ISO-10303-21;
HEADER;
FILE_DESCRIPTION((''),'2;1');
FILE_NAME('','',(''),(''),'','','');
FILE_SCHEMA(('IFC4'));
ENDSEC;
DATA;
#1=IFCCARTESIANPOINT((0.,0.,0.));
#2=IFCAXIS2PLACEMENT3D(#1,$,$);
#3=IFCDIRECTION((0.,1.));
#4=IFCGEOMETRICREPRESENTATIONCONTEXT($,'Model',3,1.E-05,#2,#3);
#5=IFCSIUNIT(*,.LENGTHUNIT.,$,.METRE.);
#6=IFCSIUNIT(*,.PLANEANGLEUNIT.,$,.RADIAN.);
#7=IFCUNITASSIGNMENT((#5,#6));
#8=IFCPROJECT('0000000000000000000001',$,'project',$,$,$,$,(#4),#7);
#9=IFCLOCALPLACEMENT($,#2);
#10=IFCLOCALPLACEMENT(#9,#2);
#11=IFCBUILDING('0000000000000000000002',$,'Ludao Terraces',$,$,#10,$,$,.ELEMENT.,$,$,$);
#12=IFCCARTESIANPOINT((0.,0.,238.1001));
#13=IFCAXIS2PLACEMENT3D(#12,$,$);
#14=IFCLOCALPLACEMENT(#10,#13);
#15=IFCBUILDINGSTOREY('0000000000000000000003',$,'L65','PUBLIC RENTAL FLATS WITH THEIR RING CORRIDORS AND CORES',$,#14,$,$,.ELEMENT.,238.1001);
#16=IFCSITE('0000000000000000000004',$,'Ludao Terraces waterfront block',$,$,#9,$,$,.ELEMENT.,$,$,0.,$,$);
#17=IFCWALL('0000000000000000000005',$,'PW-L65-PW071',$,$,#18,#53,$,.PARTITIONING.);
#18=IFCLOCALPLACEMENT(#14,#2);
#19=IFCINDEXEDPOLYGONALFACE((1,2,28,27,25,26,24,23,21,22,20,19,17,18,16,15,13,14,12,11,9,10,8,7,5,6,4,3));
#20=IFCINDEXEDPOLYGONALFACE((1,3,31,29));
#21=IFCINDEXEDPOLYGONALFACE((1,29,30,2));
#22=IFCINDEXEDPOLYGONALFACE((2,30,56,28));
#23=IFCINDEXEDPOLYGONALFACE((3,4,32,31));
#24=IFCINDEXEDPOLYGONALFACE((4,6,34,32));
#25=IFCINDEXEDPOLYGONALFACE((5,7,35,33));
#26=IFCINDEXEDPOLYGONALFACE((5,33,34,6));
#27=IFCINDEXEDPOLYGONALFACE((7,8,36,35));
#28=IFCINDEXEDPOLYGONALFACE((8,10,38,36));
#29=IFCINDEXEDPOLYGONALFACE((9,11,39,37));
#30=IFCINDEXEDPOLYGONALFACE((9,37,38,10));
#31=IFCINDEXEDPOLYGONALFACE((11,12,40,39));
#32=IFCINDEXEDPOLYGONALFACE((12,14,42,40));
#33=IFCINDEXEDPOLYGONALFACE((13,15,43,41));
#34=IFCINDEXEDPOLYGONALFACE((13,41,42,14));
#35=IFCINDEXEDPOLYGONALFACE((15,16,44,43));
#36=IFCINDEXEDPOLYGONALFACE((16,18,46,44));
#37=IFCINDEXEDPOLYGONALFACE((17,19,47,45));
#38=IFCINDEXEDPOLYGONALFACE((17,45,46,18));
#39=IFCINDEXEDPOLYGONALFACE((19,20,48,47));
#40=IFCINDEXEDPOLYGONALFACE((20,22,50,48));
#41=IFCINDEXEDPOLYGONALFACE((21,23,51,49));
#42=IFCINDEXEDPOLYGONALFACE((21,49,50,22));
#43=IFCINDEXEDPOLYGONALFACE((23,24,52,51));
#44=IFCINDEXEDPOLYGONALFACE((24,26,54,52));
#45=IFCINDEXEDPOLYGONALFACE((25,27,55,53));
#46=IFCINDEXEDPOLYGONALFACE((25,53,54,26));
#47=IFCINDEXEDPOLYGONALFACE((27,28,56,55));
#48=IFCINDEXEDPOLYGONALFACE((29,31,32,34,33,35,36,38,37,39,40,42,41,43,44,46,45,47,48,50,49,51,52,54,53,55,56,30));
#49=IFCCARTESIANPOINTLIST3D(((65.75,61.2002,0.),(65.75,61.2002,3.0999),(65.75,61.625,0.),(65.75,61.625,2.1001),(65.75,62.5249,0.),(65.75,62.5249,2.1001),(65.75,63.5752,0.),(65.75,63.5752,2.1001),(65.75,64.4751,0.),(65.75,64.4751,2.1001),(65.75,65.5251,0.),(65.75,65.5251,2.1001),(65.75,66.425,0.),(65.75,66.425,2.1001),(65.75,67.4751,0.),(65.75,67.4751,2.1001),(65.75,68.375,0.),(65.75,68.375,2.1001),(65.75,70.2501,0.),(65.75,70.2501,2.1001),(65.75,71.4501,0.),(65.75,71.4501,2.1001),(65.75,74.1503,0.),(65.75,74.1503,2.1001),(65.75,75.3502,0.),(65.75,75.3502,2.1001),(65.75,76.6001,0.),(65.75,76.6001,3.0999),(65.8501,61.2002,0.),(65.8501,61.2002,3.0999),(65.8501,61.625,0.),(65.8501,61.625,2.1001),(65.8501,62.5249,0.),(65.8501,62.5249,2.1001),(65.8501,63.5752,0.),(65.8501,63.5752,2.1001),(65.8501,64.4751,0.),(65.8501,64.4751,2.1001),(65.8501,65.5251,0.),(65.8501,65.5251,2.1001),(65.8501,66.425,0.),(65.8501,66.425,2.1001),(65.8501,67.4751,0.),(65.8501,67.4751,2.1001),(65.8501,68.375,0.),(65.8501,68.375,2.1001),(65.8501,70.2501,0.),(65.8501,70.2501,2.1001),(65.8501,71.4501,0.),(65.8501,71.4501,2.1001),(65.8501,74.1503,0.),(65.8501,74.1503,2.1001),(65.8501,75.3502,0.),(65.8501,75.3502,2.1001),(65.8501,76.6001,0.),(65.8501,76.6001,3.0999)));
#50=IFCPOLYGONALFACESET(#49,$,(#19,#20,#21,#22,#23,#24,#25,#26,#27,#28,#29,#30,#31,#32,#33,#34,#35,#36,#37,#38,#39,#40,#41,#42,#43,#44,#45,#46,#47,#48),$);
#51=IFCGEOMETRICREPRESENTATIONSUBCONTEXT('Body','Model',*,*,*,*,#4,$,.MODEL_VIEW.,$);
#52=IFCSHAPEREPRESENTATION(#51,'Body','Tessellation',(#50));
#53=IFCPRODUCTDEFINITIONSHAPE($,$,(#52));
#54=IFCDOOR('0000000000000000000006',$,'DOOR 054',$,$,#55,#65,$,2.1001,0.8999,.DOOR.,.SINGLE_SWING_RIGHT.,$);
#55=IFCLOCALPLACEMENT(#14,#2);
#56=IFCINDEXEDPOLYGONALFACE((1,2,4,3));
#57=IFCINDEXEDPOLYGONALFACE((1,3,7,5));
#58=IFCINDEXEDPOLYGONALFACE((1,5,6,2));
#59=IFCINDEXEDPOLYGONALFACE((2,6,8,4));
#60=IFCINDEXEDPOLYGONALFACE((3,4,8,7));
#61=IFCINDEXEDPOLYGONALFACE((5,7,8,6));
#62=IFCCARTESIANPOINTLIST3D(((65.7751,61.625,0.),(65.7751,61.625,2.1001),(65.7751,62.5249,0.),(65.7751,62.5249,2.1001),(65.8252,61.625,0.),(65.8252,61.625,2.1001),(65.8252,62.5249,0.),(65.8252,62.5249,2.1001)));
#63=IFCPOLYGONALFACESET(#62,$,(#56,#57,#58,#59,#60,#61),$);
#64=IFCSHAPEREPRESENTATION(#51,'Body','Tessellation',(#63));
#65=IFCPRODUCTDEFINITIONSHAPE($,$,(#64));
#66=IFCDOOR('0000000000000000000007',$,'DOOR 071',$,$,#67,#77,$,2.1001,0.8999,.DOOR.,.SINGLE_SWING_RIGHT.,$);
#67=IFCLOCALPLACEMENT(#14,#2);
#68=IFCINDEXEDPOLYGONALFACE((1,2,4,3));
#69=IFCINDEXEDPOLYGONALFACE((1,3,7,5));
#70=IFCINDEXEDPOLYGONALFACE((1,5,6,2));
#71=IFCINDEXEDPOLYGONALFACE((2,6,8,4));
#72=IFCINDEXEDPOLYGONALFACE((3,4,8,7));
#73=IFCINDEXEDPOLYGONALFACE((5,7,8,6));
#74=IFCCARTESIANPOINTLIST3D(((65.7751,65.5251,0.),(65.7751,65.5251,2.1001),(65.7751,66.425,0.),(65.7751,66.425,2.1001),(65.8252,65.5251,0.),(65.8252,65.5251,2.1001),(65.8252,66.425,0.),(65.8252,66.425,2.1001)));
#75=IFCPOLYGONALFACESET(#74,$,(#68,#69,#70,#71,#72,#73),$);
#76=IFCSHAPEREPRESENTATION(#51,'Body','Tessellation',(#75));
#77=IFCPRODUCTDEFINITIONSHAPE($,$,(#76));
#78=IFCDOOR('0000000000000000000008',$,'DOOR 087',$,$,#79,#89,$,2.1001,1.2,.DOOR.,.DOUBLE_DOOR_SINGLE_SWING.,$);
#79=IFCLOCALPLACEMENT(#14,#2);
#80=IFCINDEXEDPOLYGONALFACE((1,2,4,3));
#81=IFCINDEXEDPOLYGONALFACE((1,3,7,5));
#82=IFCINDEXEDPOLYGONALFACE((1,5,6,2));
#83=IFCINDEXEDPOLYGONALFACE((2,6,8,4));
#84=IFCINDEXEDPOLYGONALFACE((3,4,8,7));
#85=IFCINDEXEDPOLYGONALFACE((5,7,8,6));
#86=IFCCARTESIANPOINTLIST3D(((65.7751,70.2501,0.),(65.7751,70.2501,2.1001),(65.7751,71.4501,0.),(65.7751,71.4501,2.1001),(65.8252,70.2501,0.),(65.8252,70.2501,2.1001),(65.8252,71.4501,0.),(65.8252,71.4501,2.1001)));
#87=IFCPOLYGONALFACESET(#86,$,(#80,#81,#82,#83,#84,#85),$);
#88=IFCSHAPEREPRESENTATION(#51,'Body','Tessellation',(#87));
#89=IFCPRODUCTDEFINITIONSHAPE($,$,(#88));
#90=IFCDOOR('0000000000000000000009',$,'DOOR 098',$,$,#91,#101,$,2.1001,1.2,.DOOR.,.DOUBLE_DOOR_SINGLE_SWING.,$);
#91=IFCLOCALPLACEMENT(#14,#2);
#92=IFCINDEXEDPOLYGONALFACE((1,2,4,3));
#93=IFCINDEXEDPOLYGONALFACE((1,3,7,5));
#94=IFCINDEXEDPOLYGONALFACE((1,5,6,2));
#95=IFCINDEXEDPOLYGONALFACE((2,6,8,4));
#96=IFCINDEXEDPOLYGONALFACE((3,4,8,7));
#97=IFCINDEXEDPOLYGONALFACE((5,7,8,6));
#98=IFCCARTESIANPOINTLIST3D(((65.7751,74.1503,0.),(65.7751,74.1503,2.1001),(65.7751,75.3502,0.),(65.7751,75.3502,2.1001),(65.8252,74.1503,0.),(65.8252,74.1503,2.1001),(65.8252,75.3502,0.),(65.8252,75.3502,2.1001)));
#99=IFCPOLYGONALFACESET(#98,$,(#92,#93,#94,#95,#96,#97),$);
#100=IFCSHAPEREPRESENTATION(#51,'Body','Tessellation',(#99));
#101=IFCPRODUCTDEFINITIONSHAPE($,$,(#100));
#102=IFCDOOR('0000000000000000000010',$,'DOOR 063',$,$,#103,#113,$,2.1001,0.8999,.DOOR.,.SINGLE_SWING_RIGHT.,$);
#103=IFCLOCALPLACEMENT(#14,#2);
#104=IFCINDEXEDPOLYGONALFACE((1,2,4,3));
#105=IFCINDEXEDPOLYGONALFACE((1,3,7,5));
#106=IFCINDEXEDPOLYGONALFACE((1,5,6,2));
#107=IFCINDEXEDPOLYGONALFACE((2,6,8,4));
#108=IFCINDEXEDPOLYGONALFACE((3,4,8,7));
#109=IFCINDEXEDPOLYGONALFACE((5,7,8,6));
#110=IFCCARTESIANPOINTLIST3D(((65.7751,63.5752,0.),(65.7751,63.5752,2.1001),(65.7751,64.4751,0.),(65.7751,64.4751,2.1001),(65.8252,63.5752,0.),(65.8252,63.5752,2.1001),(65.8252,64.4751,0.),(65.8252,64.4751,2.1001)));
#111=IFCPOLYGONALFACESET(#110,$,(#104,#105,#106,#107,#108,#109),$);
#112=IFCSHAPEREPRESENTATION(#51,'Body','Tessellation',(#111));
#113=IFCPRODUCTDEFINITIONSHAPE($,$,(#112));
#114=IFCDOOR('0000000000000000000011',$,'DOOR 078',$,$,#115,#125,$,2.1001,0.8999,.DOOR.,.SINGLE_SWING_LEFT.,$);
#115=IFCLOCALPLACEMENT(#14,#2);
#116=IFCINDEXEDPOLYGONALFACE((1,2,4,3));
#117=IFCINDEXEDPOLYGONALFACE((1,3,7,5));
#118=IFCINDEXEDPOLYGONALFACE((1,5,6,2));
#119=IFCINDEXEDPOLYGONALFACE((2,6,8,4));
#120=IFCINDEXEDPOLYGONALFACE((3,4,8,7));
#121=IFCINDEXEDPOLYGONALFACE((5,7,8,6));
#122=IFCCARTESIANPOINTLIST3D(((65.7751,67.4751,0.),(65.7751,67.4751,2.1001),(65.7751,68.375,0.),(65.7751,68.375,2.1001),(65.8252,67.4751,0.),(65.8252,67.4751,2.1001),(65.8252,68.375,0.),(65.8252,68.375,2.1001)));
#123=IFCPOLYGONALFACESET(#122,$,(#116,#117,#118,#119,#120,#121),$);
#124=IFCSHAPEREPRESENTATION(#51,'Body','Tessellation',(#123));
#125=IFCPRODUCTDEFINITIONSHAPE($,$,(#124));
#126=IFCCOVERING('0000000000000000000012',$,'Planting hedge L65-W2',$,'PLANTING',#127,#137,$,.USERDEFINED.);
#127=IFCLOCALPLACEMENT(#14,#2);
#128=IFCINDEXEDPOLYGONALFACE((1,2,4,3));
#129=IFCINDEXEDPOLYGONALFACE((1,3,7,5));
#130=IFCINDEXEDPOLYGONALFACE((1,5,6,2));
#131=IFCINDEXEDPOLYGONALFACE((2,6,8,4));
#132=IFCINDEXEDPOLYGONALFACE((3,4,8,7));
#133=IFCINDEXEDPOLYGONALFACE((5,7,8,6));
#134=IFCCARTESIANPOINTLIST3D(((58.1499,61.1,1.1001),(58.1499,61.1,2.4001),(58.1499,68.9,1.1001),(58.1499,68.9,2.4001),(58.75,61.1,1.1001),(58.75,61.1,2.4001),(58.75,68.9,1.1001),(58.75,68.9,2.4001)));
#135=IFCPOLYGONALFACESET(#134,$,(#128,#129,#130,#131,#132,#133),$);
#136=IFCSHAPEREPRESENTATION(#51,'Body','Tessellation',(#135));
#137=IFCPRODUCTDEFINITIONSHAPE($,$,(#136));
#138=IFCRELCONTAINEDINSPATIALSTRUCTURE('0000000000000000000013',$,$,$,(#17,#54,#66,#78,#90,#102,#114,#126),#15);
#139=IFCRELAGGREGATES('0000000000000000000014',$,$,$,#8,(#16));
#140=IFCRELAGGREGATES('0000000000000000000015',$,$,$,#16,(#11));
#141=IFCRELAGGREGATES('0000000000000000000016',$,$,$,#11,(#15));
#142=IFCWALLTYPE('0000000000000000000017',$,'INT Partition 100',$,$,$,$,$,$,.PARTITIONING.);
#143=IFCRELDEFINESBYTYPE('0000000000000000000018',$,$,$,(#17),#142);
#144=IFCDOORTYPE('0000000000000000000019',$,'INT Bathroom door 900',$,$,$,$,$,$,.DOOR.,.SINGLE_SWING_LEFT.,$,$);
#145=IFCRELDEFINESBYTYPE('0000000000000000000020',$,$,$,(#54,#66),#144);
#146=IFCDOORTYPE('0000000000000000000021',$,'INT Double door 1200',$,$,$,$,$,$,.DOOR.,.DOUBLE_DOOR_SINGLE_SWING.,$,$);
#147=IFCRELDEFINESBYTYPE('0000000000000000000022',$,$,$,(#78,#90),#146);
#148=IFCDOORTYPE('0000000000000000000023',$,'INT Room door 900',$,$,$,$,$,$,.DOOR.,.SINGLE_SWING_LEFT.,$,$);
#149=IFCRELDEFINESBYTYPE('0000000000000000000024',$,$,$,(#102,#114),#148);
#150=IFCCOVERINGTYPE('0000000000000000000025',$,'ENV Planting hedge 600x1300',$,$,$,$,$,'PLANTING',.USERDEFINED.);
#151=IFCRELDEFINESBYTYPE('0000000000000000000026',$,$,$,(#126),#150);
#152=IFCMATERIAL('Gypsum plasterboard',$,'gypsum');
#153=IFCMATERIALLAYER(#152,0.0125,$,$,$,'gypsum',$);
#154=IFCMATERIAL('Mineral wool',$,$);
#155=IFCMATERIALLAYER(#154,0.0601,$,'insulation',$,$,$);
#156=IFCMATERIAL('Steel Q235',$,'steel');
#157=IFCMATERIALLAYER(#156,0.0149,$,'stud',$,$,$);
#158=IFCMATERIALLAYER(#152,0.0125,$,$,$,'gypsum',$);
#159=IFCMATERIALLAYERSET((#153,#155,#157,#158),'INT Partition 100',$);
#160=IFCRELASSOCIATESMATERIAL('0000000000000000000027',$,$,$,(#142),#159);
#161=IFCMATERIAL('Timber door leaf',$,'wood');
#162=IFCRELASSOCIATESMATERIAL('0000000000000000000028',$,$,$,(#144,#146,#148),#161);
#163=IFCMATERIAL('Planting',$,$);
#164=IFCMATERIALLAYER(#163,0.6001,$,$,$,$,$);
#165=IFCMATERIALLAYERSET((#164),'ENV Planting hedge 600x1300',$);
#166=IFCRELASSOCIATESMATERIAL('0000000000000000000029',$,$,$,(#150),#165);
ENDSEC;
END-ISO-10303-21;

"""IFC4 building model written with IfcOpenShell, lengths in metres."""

from ifc_helpers import new_model, si_unit, direction, frame, frame_2d, origin, origin_2d, place, context, subcontext, project, spatial, rectangle, extrude, material, layer, layer_set, type_object, element, fill, save


model = new_model("IFC4")

# Units and contexts
model_context = context("Model", 3, precision=1e-05, world=origin(), true_north=direction((0.0, 1.0)))
body_context = subcontext(model_context, "Body", "Model", "MODEL_VIEW")
ifc_project = project(units=[si_unit("LENGTHUNIT", "METRE"), si_unit("PLANEANGLEUNIT", "RADIAN")], contexts=[model_context])

# Site, building, storey
site_placement = place(None, origin())
site = spatial("IfcSite", under=ifc_project, at=site_placement, Name="Ludao Terraces waterfront block", CompositionType="ELEMENT", RefElevation=0.0)
building_placement = place(site_placement, origin())
building = spatial("IfcBuilding", under=site, at=building_placement, Name="Ludao Terraces", CompositionType="ELEMENT")
storey_placement = place(building_placement, frame((0.0, 0.0, 238.1001)))
storey = spatial("IfcBuildingStorey", under=building, at=storey_placement, Name="L65", Description="PUBLIC RENTAL FLATS WITH THEIR RING CORRIDORS AND CORES", CompositionType="ELEMENT", Elevation=238.1001)

# Shared definitions
ifc_material_1 = material(Name="Mineral wool")

# Shared definitions
ifc_material_2 = material(Name="Gypsum plasterboard", Category="gypsum")
ifc_layer_1 = layer(ifc_material_2, 0.0125, Category="gypsum")
ifc_layer_2 = layer(ifc_material_1, 0.0601, Name="insulation")
ifc_material_3 = material(Name="Steel Q235", Category="steel")
ifc_layer_3 = layer(ifc_material_3, 0.0149, Name="stud")
ifc_layer_4 = layer(ifc_material_2, 0.0125, Category="gypsum")
ifc_layer_set_1 = layer_set([ifc_layer_1, ifc_layer_2, ifc_layer_3, ifc_layer_4], Name="INT Partition 100")
wall_type_1 = type_object("IfcWallType", Name="INT Partition 100", PredefinedType="PARTITIONING", material=ifc_layer_set_1)

# Wall, openings, doors
wall_1_placement = place(storey_placement, frame((65.8, 61.2002, 0.0), z_axis=(0.0, 0.0, 1.0), x_axis=(0.0, 1.0, 0.0)))
wall_1 = element("IfcWall", 1, at=wall_1_placement, inside=storey, type_object=wall_type_1, Name="PW-L65-PW071", PredefinedType="PARTITIONING", context=body_context, shape_type="SweptSolid", body=[
    extrude(rectangle(XDim=15.3999, YDim=0.1001, at=frame_2d((7.7, 0.0))), origin(), (0.0, 0.0, 1.0), 3.0999),
])
opening_1_placement = place(wall_1_placement, frame((0.4248, 0.0, 0.0)))
opening_1 = element("IfcOpeningElement", 2, at=opening_1_placement, cuts=wall_1, PredefinedType="OPENING", context=body_context, shape_type="SweptSolid", body=[
    extrude(rectangle(XDim=0.8999, YDim=2.1001, at=frame_2d((0.45, 1.05))), frame((0.0, 0.0601, 0.0), z_axis=(0.0, -1.0, 0.0), x_axis=(1.0, 0.0, 0.0)), (0.0, 0.0, 1.0), 0.1201),
])
opening_2_placement = place(wall_1_placement, frame((2.375, 0.0, 0.0)))
opening_2 = element("IfcOpeningElement", 3, at=opening_2_placement, cuts=wall_1, PredefinedType="OPENING", context=body_context, shape_type="SweptSolid", body=[
    extrude(rectangle(XDim=0.8999, YDim=2.1001, at=frame_2d((0.45, 1.05))), frame((0.0, 0.0601, 0.0), z_axis=(0.0, -1.0, 0.0), x_axis=(1.0, 0.0, 0.0)), (0.0, 0.0, 1.0), 0.1201),
])
opening_3_placement = place(wall_1_placement, frame((4.325, 0.0, 0.0)))
opening_3 = element("IfcOpeningElement", 4, at=opening_3_placement, cuts=wall_1, PredefinedType="OPENING", context=body_context, shape_type="SweptSolid", body=[
    extrude(rectangle(XDim=0.8999, YDim=2.1001, at=frame_2d((0.45, 1.05))), frame((0.0, 0.0601, 0.0), z_axis=(0.0, -1.0, 0.0), x_axis=(1.0, 0.0, 0.0)), (0.0, 0.0, 1.0), 0.1201),
])
opening_4_placement = place(wall_1_placement, frame((6.2749, 0.0, 0.0)))
opening_4 = element("IfcOpeningElement", 5, at=opening_4_placement, cuts=wall_1, PredefinedType="OPENING", context=body_context, shape_type="SweptSolid", body=[
    extrude(rectangle(XDim=0.8999, YDim=2.1001, at=frame_2d((0.45, 1.05))), frame((0.0, 0.0601, 0.0), z_axis=(0.0, -1.0, 0.0), x_axis=(1.0, 0.0, 0.0)), (0.0, 0.0, 1.0), 0.1201),
])
opening_5_placement = place(wall_1_placement, frame((9.0498, 0.0, 0.0)))
opening_5 = element("IfcOpeningElement", 6, at=opening_5_placement, cuts=wall_1, PredefinedType="OPENING", context=body_context, shape_type="SweptSolid", body=[
    extrude(rectangle(XDim=1.2, YDim=2.1001, at=frame_2d((0.6001, 1.05))), frame((0.0, 0.0601, 0.0), z_axis=(0.0, -1.0, 0.0), x_axis=(1.0, 0.0, 0.0)), (0.0, 0.0, 1.0), 0.1201),
])
opening_6_placement = place(wall_1_placement, frame((12.95, 0.0, 0.0)))
opening_6 = element("IfcOpeningElement", 7, at=opening_6_placement, cuts=wall_1, PredefinedType="OPENING", context=body_context, shape_type="SweptSolid", body=[
    extrude(rectangle(XDim=1.2, YDim=2.1001, at=frame_2d((0.6001, 1.05))), frame((0.0, 0.0601, 0.0), z_axis=(0.0, -1.0, 0.0), x_axis=(1.0, 0.0, 0.0)), (0.0, 0.0, 1.0), 0.1201),
])
ifc_material_4 = material(Name="Timber door leaf", Category="wood")
door_type_1 = type_object("IfcDoorType", Name="INT Bathroom door 900", OperationType="SINGLE_SWING_LEFT", PredefinedType="DOOR", material=ifc_material_4)
door_1_placement = place(opening_1_placement, origin())
door_1 = element("IfcDoor", 8, at=door_1_placement, inside=storey, type_object=door_type_1, Name="DOOR 054", OperationType="SINGLE_SWING_RIGHT", OverallHeight=2.1001, OverallWidth=0.8999, PredefinedType="DOOR", context=body_context, shape_type="SweptSolid", body=[
    extrude(rectangle(XDim=0.8999, YDim=2.1001, at=frame_2d((0.45, 1.05))), frame((0.0, 0.0249, 0.0), z_axis=(0.0, -1.0, 0.0), x_axis=(1.0, 0.0, 0.0)), (0.0, 0.0, 1.0), 0.05),
])
fill(opening_1, door_1)
door_2_placement = place(opening_3_placement, origin())
door_2 = element("IfcDoor", 9, at=door_2_placement, inside=storey, type_object=door_type_1, Name="DOOR 071", OperationType="SINGLE_SWING_RIGHT", OverallHeight=2.1001, OverallWidth=0.8999, PredefinedType="DOOR", context=body_context, shape_type="SweptSolid", body=[
    extrude(rectangle(XDim=0.8999, YDim=2.1001, at=frame_2d((0.45, 1.05))), frame((0.0, 0.0249, 0.0), z_axis=(0.0, -1.0, 0.0), x_axis=(1.0, 0.0, 0.0)), (0.0, 0.0, 1.0), 0.05),
])
fill(opening_3, door_2)
door_type_2 = type_object("IfcDoorType", Name="INT Double door 1200", OperationType="DOUBLE_DOOR_SINGLE_SWING", PredefinedType="DOOR", material=ifc_material_4)
door_3_placement = place(opening_5_placement, origin())
door_3 = element("IfcDoor", 10, at=door_3_placement, inside=storey, type_object=door_type_2, Name="DOOR 087", OperationType="DOUBLE_DOOR_SINGLE_SWING", OverallHeight=2.1001, OverallWidth=1.2, PredefinedType="DOOR", context=body_context, shape_type="SweptSolid", body=[
    extrude(rectangle(XDim=1.2, YDim=2.1001, at=frame_2d((0.6001, 1.05))), frame((0.0, 0.0249, 0.0), z_axis=(0.0, -1.0, 0.0), x_axis=(1.0, 0.0, 0.0)), (0.0, 0.0, 1.0), 0.05),
])
fill(opening_5, door_3)
door_4_placement = place(opening_6_placement, origin())
door_4 = element("IfcDoor", 11, at=door_4_placement, inside=storey, type_object=door_type_2, Name="DOOR 098", OperationType="DOUBLE_DOOR_SINGLE_SWING", OverallHeight=2.1001, OverallWidth=1.2, PredefinedType="DOOR", context=body_context, shape_type="SweptSolid", body=[
    extrude(rectangle(XDim=1.2, YDim=2.1001, at=frame_2d((0.6001, 1.05))), frame((0.0, 0.0249, 0.0), z_axis=(0.0, -1.0, 0.0), x_axis=(1.0, 0.0, 0.0)), (0.0, 0.0, 1.0), 0.05),
])
fill(opening_6, door_4)
door_type_3 = type_object("IfcDoorType", Name="INT Room door 900", OperationType="SINGLE_SWING_LEFT", PredefinedType="DOOR", material=ifc_material_4)
door_5_placement = place(opening_2_placement, origin())
door_5 = element("IfcDoor", 12, at=door_5_placement, inside=storey, type_object=door_type_3, Name="DOOR 063", OperationType="SINGLE_SWING_RIGHT", OverallHeight=2.1001, OverallWidth=0.8999, PredefinedType="DOOR", context=body_context, shape_type="SweptSolid", body=[
    extrude(rectangle(XDim=0.8999, YDim=2.1001, at=frame_2d((0.45, 1.05))), frame((0.0, 0.0249, 0.0), z_axis=(0.0, -1.0, 0.0), x_axis=(1.0, 0.0, 0.0)), (0.0, 0.0, 1.0), 0.05),
])
fill(opening_2, door_5)
door_6_placement = place(opening_4_placement, origin())
door_6 = element("IfcDoor", 13, at=door_6_placement, inside=storey, type_object=door_type_3, Name="DOOR 078", OperationType="SINGLE_SWING_LEFT", OverallHeight=2.1001, OverallWidth=0.8999, PredefinedType="DOOR", context=body_context, shape_type="SweptSolid", body=[
    extrude(rectangle(XDim=0.8999, YDim=2.1001, at=frame_2d((0.45, 1.05))), frame((0.0, 0.0249, 0.0), z_axis=(0.0, -1.0, 0.0), x_axis=(1.0, 0.0, 0.0)), (0.0, 0.0, 1.0), 0.05),
])
fill(opening_4, door_6)

# Covering
ifc_material_5 = material(Name="Planting")
ifc_layer_5 = layer(ifc_material_5, 0.6001)
ifc_layer_set_2 = layer_set([ifc_layer_5], Name="ENV Planting hedge 600x1300")
covering_type = type_object("IfcCoveringType", Name="ENV Planting hedge 600x1300", ElementType="PLANTING", PredefinedType="USERDEFINED", material=ifc_layer_set_2)
covering_placement = place(storey_placement, frame((58.45, 65.0, 1.1001), z_axis=(0.0, 0.0, 1.0), x_axis=(1.0, 0.0, 0.0)))
element("IfcCovering", 14, at=covering_placement, inside=storey, type_object=covering_type, Name="Planting hedge L65-W2", ObjectType="PLANTING", PredefinedType="USERDEFINED", context=body_context, shape_type="SweptSolid", body=[
    extrude(rectangle(XDim=0.6001, YDim=7.8, at=origin_2d()), origin(), (0.0, 0.0, 1.0), 1.3),
])

save(model, "model.ifc")
